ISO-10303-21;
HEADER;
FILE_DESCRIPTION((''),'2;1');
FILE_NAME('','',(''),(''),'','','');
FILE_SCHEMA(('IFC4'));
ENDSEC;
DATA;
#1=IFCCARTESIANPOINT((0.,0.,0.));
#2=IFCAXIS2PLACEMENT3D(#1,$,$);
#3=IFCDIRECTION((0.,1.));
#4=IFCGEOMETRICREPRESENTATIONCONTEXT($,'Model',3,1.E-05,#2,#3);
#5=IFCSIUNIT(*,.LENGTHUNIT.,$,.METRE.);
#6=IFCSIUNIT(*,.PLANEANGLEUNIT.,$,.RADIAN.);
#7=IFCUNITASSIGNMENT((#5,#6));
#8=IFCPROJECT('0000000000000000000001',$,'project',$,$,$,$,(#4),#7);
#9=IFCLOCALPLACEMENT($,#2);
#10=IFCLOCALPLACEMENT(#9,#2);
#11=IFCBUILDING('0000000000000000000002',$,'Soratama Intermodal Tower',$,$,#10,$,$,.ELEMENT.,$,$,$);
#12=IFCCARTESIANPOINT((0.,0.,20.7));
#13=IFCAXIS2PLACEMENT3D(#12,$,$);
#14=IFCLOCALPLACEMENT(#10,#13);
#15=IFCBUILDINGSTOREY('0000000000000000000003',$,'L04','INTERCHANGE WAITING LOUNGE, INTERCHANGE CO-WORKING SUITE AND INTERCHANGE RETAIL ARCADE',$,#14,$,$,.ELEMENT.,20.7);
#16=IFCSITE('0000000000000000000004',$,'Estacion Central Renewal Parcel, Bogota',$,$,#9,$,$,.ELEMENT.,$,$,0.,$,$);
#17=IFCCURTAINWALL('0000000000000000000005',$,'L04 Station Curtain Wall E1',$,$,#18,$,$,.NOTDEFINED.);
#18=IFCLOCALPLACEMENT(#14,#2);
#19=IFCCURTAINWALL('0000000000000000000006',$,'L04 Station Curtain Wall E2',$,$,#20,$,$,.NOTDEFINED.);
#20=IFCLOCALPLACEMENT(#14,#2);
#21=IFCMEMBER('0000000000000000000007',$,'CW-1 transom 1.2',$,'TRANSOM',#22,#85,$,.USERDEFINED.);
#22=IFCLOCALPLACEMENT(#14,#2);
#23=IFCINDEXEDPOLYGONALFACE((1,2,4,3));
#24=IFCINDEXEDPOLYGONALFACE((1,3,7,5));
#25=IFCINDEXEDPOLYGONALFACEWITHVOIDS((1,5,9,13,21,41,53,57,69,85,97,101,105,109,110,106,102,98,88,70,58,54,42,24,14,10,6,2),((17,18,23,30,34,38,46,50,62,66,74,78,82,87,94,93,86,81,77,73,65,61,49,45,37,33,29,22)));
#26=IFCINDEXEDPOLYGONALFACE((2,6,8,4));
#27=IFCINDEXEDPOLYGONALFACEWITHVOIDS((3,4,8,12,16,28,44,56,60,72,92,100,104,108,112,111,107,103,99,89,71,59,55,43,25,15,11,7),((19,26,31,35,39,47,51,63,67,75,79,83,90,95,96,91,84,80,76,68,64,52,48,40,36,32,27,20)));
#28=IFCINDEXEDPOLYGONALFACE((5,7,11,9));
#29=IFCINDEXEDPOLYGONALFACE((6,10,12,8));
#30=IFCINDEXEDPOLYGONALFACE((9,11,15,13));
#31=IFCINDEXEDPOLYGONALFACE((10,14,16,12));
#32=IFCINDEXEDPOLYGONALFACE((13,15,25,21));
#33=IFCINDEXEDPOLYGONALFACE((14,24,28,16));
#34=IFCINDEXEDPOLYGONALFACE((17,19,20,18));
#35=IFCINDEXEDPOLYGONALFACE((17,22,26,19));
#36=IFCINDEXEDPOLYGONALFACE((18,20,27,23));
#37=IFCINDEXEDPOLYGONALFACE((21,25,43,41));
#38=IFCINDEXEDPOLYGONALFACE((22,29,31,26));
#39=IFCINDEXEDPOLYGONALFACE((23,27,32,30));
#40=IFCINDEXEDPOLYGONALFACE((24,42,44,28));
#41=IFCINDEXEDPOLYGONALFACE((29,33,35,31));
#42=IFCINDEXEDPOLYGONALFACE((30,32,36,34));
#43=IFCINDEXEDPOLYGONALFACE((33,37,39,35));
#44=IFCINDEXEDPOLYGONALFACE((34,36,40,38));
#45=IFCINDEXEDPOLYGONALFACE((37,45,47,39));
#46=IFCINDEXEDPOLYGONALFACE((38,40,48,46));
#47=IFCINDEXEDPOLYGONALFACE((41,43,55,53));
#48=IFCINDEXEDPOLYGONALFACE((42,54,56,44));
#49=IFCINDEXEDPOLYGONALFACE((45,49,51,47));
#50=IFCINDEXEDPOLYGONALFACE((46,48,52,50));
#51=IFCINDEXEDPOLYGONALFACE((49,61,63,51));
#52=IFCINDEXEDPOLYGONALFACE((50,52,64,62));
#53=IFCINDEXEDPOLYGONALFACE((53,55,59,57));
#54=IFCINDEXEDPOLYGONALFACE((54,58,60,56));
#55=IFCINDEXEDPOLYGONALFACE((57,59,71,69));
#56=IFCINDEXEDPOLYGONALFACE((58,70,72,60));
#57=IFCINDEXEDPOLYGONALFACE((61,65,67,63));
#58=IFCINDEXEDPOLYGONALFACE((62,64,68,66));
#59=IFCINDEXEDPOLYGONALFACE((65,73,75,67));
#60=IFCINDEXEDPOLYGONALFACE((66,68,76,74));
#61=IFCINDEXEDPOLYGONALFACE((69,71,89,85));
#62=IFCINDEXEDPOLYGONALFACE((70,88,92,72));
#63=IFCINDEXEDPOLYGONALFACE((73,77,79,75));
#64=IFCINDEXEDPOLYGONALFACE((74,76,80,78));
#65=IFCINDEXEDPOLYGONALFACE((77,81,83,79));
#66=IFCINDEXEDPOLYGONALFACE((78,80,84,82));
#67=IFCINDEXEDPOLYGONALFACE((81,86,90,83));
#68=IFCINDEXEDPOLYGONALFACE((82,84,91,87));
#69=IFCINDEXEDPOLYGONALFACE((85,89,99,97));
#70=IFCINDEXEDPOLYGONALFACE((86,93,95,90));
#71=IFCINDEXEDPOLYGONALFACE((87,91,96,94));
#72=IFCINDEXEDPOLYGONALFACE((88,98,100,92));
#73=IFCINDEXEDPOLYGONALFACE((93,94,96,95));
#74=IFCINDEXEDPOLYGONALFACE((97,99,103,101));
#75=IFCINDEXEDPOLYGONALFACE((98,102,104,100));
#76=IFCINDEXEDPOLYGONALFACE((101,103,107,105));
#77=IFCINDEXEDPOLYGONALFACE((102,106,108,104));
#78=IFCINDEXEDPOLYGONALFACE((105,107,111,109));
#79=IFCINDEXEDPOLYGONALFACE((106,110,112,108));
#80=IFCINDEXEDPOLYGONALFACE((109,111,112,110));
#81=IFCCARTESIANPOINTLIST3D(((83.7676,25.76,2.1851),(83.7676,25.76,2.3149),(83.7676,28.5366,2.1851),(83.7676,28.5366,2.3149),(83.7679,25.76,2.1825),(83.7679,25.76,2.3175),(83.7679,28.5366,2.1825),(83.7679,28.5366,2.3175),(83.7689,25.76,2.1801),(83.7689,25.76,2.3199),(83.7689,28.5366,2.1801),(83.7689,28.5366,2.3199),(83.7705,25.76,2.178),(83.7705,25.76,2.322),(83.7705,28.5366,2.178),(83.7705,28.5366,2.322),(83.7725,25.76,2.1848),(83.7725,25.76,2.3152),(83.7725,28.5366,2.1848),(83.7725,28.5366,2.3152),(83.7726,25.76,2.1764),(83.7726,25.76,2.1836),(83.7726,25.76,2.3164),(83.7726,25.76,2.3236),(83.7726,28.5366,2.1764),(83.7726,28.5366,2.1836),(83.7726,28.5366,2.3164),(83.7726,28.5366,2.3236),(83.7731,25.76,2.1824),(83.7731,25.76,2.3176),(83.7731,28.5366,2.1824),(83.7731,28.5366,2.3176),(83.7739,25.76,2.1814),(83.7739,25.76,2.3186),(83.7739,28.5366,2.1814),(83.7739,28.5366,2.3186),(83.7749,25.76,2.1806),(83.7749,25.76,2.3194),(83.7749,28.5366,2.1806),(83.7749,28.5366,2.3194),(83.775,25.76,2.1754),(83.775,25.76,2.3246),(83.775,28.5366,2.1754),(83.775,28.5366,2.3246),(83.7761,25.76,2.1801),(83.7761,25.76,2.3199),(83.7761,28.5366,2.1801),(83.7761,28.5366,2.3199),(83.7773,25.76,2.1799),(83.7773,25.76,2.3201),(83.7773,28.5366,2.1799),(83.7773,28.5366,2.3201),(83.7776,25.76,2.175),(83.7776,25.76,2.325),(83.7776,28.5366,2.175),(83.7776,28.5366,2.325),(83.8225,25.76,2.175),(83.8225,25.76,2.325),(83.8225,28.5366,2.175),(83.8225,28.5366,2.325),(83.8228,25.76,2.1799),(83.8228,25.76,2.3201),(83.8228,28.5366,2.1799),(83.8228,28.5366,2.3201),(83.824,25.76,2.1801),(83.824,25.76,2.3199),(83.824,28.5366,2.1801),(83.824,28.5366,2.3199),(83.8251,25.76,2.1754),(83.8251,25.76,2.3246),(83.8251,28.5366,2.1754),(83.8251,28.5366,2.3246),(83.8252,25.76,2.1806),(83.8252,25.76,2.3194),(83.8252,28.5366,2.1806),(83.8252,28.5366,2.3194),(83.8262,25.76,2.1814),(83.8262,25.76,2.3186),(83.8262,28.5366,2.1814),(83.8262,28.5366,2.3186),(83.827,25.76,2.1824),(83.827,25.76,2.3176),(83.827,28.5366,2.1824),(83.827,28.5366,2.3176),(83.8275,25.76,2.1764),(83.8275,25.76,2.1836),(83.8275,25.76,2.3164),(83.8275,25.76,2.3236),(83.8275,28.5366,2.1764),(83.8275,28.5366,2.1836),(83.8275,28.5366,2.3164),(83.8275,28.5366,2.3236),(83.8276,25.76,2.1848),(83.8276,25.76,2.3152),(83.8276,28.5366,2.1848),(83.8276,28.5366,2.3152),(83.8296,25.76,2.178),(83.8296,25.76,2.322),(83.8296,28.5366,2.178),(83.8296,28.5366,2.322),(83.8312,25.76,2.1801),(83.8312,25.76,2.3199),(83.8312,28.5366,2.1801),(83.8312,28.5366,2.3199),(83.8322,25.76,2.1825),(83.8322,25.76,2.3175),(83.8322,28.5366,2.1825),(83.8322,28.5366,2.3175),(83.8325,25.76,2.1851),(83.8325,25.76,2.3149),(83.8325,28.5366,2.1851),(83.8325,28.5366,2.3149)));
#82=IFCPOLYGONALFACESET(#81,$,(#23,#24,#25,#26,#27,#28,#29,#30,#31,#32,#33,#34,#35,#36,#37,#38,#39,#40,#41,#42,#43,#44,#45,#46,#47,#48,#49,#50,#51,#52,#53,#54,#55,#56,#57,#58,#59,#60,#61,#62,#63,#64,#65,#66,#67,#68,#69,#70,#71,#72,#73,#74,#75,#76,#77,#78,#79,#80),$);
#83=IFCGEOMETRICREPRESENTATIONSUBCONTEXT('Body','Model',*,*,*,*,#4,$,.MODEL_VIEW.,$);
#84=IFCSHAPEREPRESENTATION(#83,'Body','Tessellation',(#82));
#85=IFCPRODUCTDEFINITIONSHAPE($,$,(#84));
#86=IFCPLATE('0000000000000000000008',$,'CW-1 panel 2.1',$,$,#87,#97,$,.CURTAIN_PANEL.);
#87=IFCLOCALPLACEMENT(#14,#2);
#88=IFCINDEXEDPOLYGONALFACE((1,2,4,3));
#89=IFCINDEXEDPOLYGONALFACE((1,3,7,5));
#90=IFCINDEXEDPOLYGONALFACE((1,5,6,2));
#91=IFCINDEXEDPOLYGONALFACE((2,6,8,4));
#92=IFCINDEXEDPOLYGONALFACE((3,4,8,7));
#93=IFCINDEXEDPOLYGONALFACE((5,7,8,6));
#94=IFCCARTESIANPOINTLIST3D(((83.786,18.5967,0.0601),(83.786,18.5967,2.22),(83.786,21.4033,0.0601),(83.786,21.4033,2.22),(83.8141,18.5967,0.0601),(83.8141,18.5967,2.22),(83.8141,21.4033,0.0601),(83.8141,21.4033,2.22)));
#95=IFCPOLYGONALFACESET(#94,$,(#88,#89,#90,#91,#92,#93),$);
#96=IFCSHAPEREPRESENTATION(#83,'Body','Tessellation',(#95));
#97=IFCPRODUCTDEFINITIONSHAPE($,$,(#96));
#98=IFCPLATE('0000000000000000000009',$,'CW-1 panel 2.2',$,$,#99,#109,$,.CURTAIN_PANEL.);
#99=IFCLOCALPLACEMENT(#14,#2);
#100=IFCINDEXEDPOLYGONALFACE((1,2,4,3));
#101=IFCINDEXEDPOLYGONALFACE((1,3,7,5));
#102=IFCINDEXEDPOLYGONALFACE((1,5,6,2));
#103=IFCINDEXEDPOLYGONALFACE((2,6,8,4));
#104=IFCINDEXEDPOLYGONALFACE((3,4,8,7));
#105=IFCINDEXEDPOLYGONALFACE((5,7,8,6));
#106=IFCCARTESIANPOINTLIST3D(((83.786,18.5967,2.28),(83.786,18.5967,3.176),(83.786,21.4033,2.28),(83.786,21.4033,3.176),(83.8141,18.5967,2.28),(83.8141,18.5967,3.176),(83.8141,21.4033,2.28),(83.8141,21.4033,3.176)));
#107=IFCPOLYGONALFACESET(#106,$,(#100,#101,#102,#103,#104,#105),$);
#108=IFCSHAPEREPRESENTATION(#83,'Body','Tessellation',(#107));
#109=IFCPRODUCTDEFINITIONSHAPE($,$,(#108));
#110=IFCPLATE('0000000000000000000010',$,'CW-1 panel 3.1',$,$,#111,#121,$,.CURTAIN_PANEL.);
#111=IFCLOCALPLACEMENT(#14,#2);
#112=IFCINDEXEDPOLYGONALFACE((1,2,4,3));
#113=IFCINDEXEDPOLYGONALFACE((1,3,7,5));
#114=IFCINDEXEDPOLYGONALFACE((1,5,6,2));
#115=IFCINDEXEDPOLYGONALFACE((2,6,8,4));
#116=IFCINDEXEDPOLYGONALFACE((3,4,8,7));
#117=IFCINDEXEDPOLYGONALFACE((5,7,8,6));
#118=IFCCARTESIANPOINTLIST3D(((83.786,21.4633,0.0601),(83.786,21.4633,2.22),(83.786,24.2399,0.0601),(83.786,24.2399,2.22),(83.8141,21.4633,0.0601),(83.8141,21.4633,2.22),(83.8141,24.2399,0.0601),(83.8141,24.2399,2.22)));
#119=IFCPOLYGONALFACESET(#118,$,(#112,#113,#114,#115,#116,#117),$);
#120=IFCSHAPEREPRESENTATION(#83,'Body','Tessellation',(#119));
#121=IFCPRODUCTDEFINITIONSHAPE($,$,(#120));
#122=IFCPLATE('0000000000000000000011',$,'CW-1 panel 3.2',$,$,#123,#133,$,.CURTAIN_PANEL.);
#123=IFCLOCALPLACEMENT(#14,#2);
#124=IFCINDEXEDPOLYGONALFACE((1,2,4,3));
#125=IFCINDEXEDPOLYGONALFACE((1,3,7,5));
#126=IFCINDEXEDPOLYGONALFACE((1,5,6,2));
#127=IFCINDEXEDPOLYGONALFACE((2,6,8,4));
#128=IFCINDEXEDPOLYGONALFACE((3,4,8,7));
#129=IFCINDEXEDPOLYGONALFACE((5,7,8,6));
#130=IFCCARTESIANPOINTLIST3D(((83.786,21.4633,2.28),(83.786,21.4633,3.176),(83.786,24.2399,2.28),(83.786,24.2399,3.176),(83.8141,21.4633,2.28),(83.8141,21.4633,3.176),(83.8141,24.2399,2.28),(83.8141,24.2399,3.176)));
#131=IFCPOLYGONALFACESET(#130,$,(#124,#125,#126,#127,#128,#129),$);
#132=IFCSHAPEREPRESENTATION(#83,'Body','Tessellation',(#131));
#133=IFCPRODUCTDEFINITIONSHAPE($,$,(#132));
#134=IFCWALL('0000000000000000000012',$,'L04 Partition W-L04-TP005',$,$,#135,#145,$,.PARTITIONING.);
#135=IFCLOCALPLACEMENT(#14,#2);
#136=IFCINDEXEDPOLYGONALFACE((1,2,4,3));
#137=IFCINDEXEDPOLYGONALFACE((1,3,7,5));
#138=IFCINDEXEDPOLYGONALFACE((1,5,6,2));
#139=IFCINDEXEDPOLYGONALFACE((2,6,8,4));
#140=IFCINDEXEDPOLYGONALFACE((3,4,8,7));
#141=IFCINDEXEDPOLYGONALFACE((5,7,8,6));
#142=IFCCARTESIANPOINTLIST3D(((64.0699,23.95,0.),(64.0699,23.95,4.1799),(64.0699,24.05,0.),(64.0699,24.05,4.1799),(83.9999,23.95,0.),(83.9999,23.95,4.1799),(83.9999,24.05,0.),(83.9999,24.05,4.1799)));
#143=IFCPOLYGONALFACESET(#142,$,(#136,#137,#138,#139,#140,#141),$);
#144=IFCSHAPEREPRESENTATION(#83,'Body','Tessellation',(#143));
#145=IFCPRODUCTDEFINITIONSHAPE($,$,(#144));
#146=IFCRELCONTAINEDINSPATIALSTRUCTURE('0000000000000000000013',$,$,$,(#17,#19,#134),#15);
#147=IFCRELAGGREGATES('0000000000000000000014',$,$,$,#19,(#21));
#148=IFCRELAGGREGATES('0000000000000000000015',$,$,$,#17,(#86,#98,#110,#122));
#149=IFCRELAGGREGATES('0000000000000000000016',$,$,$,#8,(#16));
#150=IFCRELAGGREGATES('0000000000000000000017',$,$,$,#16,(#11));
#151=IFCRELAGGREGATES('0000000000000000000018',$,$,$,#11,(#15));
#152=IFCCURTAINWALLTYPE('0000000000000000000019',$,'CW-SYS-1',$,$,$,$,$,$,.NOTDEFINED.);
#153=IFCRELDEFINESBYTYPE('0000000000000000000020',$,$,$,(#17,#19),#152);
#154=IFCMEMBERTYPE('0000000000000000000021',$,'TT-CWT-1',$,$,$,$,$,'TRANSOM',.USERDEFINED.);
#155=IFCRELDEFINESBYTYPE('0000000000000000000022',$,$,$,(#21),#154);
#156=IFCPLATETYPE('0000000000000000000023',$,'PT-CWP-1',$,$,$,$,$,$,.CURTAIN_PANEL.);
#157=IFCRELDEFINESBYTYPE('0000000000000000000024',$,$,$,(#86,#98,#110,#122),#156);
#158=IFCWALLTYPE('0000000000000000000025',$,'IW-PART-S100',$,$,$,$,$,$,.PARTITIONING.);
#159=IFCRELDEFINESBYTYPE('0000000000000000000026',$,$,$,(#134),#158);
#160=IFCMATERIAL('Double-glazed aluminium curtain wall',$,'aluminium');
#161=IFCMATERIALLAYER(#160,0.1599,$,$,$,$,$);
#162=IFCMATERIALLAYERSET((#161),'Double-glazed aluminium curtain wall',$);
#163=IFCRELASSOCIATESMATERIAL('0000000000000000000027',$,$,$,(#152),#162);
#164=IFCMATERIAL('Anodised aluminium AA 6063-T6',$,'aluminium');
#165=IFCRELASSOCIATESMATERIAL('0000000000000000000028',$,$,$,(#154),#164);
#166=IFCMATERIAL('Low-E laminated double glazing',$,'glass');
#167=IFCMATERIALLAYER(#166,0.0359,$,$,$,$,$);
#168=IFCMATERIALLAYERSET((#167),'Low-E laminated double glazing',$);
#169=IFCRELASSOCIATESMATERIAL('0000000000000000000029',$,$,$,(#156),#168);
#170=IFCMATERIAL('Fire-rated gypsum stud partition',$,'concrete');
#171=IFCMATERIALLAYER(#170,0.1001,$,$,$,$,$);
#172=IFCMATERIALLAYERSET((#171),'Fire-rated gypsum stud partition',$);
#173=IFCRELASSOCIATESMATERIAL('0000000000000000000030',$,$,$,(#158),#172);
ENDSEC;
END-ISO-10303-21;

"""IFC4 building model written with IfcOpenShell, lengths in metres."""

from ifc_helpers import new_model, si_unit, direction, frame, frame_2d, origin, origin_2d, place, context, subcontext, project, spatial, rectangle, hollow_rectangle, extrude, material, layer, layer_set, material_profile, profile_set, type_object, element, aggregate, save


model = new_model("IFC4")

# Units and contexts
model_context = context("Model", 3, precision=1e-05, world=origin(), true_north=direction((0.0, 1.0)))
body_context = subcontext(model_context, "Body", "Model", "MODEL_VIEW")
ifc_project = project(units=[si_unit("LENGTHUNIT", "METRE"), si_unit("PLANEANGLEUNIT", "RADIAN")], contexts=[model_context])

# Site, building, storey
site_placement = place(None, origin())
site = spatial("IfcSite", under=ifc_project, at=site_placement, Name="Estacion Central Renewal Parcel, Bogota", CompositionType="ELEMENT", RefElevation=0.0)
building_placement = place(site_placement, origin())
building = spatial("IfcBuilding", under=site, at=building_placement, Name="Soratama Intermodal Tower", CompositionType="ELEMENT")
storey_placement = place(building_placement, frame((0.0, 0.0, 20.7)))
storey = spatial("IfcBuildingStorey", under=building, at=storey_placement, Name="L04", Description="INTERCHANGE WAITING LOUNGE, INTERCHANGE CO-WORKING SUITE AND INTERCHANGE RETAIL ARCADE", CompositionType="ELEMENT", Elevation=20.7)

# Curtain wall
ifc_material_1 = material(Name="Double-glazed aluminium curtain wall", Category="aluminium")
ifc_layer_1 = layer(ifc_material_1, 0.1599)
ifc_layer_set_1 = layer_set([ifc_layer_1], Name="Double-glazed aluminium curtain wall")
curtain_wall_type = type_object("IfcCurtainWallType", Name="CW-SYS-1", PredefinedType="NOTDEFINED", material=ifc_layer_set_1)
curtain_wall_1_placement = place(storey_placement, origin())
curtain_wall_1 = element("IfcCurtainWall", 1, at=curtain_wall_1_placement, inside=storey, type_object=curtain_wall_type, Name="L04 Station Curtain Wall E1", PredefinedType="NOTDEFINED")

# Curtain wall
curtain_wall_2_placement = place(storey_placement, origin())
curtain_wall_2 = element("IfcCurtainWall", 2, at=curtain_wall_2_placement, inside=storey, type_object=curtain_wall_type, Name="L04 Station Curtain Wall E2", PredefinedType="NOTDEFINED")

# Member
ifc_material_2 = material(Name="Anodised aluminium AA 6063-T6", Category="aluminium")
ifc_material_profile_1 = material_profile(ifc_material_2, hollow_rectangle(XDim=0.0649, YDim=0.1499, WallThickness=0.0049, InnerFilletRadius=0.0049, OuterFilletRadius=0.01, at=origin_2d()), Name="CWT150X65X5")
ifc_profile_set_1 = profile_set([ifc_material_profile_1], Name="Anodised aluminium AA 6063-T6")
member_type_1 = type_object("IfcMemberType", Name="TT-CWT-1", ElementType="TRANSOM", PredefinedType="USERDEFINED", material=ifc_profile_set_1)
member_1_placement = place(storey_placement, frame((83.8, 25.76, 2.25), z_axis=(0.0, 1.0, 0.0), x_axis=(-1.0, 0.0, 0.0)))
member_1 = element("IfcMember", 3, at=member_1_placement, type_object=member_type_1, Name="CW-1 transom 1.2", ObjectType="TRANSOM", PredefinedType="USERDEFINED", context=body_context, shape_type="SweptSolid", body=[
    extrude(hollow_rectangle(XDim=0.0649, YDim=0.1499, WallThickness=0.0049, InnerFilletRadius=0.0049, OuterFilletRadius=0.01, at=origin_2d()), origin(), (0.0, 0.0, 1.0), 2.7766),
])
aggregate(curtain_wall_2, [member_1])

# Plates
ifc_material_3 = material(Name="Low-E laminated double glazing", Category="glass")
ifc_layer_2 = layer(ifc_material_3, 0.0359)
ifc_layer_set_2 = layer_set([ifc_layer_2], Name="Low-E laminated double glazing")
plate_type = type_object("IfcPlateType", Name="PT-CWP-1", PredefinedType="CURTAIN_PANEL", material=ifc_layer_set_2)
plate_1_placement = place(storey_placement, frame((83.8, 20.0, 0.0601), z_axis=(0.0, 0.0, 1.0), x_axis=(0.0, 1.0, 0.0)))
plate_1 = element("IfcPlate", 4, at=plate_1_placement, type_object=plate_type, Name="CW-1 panel 2.1", PredefinedType="CURTAIN_PANEL", context=body_context, shape_type="SweptSolid", body=[
    extrude(rectangle(XDim=2.8066, YDim=0.0281, at=origin_2d()), origin(), (0.0, 0.0, 1.0), 2.1599),
])
plate_2_placement = place(storey_placement, frame((83.8, 20.0, 2.28), z_axis=(0.0, 0.0, 1.0), x_axis=(0.0, 1.0, 0.0)))
plate_2 = element("IfcPlate", 5, at=plate_2_placement, type_object=plate_type, Name="CW-1 panel 2.2", PredefinedType="CURTAIN_PANEL", context=body_context, shape_type="SweptSolid", body=[
    extrude(rectangle(XDim=2.8066, YDim=0.0281, at=origin_2d()), origin(), (0.0, 0.0, 1.0), 0.896),
])
plate_3_placement = place(storey_placement, frame((83.8, 22.8516, 0.0601), z_axis=(0.0, 0.0, 1.0), x_axis=(0.0, 1.0, 0.0)))
plate_3 = element("IfcPlate", 6, at=plate_3_placement, type_object=plate_type, Name="CW-1 panel 3.1", PredefinedType="CURTAIN_PANEL", context=body_context, shape_type="SweptSolid", body=[
    extrude(rectangle(XDim=2.7766, YDim=0.0281, at=origin_2d()), origin(), (0.0, 0.0, 1.0), 2.1599),
])
plate_4_placement = place(storey_placement, frame((83.8, 22.8516, 2.28), z_axis=(0.0, 0.0, 1.0), x_axis=(0.0, 1.0, 0.0)))
plate_4 = element("IfcPlate", 7, at=plate_4_placement, type_object=plate_type, Name="CW-1 panel 3.2", PredefinedType="CURTAIN_PANEL", context=body_context, shape_type="SweptSolid", body=[
    extrude(rectangle(XDim=2.7766, YDim=0.0281, at=origin_2d()), origin(), (0.0, 0.0, 1.0), 0.896),
])
aggregate(curtain_wall_1, [plate_1, plate_2, plate_3, plate_4])

# Wall
ifc_material_4 = material(Name="Fire-rated gypsum stud partition", Category="concrete")
ifc_layer_3 = layer(ifc_material_4, 0.1001)
ifc_layer_set_3 = layer_set([ifc_layer_3], Name="Fire-rated gypsum stud partition")
wall_type = type_object("IfcWallType", Name="IW-PART-S100", PredefinedType="PARTITIONING", material=ifc_layer_set_3)
wall_placement = place(storey_placement, frame((64.0701, 24.0, 0.0), z_axis=(0.0, 0.0, 1.0), x_axis=(1.0, 0.0, 0.0)))
element("IfcWall", 8, at=wall_placement, inside=storey, type_object=wall_type, Name="L04 Partition W-L04-TP005", PredefinedType="PARTITIONING", context=body_context, shape_type="SweptSolid", body=[
    extrude(rectangle(XDim=19.9299, YDim=0.1001, at=frame_2d((9.9648, 0.0))), origin(), (0.0, 0.0, 1.0), 4.1799),
])

save(model, "model.ifc")
